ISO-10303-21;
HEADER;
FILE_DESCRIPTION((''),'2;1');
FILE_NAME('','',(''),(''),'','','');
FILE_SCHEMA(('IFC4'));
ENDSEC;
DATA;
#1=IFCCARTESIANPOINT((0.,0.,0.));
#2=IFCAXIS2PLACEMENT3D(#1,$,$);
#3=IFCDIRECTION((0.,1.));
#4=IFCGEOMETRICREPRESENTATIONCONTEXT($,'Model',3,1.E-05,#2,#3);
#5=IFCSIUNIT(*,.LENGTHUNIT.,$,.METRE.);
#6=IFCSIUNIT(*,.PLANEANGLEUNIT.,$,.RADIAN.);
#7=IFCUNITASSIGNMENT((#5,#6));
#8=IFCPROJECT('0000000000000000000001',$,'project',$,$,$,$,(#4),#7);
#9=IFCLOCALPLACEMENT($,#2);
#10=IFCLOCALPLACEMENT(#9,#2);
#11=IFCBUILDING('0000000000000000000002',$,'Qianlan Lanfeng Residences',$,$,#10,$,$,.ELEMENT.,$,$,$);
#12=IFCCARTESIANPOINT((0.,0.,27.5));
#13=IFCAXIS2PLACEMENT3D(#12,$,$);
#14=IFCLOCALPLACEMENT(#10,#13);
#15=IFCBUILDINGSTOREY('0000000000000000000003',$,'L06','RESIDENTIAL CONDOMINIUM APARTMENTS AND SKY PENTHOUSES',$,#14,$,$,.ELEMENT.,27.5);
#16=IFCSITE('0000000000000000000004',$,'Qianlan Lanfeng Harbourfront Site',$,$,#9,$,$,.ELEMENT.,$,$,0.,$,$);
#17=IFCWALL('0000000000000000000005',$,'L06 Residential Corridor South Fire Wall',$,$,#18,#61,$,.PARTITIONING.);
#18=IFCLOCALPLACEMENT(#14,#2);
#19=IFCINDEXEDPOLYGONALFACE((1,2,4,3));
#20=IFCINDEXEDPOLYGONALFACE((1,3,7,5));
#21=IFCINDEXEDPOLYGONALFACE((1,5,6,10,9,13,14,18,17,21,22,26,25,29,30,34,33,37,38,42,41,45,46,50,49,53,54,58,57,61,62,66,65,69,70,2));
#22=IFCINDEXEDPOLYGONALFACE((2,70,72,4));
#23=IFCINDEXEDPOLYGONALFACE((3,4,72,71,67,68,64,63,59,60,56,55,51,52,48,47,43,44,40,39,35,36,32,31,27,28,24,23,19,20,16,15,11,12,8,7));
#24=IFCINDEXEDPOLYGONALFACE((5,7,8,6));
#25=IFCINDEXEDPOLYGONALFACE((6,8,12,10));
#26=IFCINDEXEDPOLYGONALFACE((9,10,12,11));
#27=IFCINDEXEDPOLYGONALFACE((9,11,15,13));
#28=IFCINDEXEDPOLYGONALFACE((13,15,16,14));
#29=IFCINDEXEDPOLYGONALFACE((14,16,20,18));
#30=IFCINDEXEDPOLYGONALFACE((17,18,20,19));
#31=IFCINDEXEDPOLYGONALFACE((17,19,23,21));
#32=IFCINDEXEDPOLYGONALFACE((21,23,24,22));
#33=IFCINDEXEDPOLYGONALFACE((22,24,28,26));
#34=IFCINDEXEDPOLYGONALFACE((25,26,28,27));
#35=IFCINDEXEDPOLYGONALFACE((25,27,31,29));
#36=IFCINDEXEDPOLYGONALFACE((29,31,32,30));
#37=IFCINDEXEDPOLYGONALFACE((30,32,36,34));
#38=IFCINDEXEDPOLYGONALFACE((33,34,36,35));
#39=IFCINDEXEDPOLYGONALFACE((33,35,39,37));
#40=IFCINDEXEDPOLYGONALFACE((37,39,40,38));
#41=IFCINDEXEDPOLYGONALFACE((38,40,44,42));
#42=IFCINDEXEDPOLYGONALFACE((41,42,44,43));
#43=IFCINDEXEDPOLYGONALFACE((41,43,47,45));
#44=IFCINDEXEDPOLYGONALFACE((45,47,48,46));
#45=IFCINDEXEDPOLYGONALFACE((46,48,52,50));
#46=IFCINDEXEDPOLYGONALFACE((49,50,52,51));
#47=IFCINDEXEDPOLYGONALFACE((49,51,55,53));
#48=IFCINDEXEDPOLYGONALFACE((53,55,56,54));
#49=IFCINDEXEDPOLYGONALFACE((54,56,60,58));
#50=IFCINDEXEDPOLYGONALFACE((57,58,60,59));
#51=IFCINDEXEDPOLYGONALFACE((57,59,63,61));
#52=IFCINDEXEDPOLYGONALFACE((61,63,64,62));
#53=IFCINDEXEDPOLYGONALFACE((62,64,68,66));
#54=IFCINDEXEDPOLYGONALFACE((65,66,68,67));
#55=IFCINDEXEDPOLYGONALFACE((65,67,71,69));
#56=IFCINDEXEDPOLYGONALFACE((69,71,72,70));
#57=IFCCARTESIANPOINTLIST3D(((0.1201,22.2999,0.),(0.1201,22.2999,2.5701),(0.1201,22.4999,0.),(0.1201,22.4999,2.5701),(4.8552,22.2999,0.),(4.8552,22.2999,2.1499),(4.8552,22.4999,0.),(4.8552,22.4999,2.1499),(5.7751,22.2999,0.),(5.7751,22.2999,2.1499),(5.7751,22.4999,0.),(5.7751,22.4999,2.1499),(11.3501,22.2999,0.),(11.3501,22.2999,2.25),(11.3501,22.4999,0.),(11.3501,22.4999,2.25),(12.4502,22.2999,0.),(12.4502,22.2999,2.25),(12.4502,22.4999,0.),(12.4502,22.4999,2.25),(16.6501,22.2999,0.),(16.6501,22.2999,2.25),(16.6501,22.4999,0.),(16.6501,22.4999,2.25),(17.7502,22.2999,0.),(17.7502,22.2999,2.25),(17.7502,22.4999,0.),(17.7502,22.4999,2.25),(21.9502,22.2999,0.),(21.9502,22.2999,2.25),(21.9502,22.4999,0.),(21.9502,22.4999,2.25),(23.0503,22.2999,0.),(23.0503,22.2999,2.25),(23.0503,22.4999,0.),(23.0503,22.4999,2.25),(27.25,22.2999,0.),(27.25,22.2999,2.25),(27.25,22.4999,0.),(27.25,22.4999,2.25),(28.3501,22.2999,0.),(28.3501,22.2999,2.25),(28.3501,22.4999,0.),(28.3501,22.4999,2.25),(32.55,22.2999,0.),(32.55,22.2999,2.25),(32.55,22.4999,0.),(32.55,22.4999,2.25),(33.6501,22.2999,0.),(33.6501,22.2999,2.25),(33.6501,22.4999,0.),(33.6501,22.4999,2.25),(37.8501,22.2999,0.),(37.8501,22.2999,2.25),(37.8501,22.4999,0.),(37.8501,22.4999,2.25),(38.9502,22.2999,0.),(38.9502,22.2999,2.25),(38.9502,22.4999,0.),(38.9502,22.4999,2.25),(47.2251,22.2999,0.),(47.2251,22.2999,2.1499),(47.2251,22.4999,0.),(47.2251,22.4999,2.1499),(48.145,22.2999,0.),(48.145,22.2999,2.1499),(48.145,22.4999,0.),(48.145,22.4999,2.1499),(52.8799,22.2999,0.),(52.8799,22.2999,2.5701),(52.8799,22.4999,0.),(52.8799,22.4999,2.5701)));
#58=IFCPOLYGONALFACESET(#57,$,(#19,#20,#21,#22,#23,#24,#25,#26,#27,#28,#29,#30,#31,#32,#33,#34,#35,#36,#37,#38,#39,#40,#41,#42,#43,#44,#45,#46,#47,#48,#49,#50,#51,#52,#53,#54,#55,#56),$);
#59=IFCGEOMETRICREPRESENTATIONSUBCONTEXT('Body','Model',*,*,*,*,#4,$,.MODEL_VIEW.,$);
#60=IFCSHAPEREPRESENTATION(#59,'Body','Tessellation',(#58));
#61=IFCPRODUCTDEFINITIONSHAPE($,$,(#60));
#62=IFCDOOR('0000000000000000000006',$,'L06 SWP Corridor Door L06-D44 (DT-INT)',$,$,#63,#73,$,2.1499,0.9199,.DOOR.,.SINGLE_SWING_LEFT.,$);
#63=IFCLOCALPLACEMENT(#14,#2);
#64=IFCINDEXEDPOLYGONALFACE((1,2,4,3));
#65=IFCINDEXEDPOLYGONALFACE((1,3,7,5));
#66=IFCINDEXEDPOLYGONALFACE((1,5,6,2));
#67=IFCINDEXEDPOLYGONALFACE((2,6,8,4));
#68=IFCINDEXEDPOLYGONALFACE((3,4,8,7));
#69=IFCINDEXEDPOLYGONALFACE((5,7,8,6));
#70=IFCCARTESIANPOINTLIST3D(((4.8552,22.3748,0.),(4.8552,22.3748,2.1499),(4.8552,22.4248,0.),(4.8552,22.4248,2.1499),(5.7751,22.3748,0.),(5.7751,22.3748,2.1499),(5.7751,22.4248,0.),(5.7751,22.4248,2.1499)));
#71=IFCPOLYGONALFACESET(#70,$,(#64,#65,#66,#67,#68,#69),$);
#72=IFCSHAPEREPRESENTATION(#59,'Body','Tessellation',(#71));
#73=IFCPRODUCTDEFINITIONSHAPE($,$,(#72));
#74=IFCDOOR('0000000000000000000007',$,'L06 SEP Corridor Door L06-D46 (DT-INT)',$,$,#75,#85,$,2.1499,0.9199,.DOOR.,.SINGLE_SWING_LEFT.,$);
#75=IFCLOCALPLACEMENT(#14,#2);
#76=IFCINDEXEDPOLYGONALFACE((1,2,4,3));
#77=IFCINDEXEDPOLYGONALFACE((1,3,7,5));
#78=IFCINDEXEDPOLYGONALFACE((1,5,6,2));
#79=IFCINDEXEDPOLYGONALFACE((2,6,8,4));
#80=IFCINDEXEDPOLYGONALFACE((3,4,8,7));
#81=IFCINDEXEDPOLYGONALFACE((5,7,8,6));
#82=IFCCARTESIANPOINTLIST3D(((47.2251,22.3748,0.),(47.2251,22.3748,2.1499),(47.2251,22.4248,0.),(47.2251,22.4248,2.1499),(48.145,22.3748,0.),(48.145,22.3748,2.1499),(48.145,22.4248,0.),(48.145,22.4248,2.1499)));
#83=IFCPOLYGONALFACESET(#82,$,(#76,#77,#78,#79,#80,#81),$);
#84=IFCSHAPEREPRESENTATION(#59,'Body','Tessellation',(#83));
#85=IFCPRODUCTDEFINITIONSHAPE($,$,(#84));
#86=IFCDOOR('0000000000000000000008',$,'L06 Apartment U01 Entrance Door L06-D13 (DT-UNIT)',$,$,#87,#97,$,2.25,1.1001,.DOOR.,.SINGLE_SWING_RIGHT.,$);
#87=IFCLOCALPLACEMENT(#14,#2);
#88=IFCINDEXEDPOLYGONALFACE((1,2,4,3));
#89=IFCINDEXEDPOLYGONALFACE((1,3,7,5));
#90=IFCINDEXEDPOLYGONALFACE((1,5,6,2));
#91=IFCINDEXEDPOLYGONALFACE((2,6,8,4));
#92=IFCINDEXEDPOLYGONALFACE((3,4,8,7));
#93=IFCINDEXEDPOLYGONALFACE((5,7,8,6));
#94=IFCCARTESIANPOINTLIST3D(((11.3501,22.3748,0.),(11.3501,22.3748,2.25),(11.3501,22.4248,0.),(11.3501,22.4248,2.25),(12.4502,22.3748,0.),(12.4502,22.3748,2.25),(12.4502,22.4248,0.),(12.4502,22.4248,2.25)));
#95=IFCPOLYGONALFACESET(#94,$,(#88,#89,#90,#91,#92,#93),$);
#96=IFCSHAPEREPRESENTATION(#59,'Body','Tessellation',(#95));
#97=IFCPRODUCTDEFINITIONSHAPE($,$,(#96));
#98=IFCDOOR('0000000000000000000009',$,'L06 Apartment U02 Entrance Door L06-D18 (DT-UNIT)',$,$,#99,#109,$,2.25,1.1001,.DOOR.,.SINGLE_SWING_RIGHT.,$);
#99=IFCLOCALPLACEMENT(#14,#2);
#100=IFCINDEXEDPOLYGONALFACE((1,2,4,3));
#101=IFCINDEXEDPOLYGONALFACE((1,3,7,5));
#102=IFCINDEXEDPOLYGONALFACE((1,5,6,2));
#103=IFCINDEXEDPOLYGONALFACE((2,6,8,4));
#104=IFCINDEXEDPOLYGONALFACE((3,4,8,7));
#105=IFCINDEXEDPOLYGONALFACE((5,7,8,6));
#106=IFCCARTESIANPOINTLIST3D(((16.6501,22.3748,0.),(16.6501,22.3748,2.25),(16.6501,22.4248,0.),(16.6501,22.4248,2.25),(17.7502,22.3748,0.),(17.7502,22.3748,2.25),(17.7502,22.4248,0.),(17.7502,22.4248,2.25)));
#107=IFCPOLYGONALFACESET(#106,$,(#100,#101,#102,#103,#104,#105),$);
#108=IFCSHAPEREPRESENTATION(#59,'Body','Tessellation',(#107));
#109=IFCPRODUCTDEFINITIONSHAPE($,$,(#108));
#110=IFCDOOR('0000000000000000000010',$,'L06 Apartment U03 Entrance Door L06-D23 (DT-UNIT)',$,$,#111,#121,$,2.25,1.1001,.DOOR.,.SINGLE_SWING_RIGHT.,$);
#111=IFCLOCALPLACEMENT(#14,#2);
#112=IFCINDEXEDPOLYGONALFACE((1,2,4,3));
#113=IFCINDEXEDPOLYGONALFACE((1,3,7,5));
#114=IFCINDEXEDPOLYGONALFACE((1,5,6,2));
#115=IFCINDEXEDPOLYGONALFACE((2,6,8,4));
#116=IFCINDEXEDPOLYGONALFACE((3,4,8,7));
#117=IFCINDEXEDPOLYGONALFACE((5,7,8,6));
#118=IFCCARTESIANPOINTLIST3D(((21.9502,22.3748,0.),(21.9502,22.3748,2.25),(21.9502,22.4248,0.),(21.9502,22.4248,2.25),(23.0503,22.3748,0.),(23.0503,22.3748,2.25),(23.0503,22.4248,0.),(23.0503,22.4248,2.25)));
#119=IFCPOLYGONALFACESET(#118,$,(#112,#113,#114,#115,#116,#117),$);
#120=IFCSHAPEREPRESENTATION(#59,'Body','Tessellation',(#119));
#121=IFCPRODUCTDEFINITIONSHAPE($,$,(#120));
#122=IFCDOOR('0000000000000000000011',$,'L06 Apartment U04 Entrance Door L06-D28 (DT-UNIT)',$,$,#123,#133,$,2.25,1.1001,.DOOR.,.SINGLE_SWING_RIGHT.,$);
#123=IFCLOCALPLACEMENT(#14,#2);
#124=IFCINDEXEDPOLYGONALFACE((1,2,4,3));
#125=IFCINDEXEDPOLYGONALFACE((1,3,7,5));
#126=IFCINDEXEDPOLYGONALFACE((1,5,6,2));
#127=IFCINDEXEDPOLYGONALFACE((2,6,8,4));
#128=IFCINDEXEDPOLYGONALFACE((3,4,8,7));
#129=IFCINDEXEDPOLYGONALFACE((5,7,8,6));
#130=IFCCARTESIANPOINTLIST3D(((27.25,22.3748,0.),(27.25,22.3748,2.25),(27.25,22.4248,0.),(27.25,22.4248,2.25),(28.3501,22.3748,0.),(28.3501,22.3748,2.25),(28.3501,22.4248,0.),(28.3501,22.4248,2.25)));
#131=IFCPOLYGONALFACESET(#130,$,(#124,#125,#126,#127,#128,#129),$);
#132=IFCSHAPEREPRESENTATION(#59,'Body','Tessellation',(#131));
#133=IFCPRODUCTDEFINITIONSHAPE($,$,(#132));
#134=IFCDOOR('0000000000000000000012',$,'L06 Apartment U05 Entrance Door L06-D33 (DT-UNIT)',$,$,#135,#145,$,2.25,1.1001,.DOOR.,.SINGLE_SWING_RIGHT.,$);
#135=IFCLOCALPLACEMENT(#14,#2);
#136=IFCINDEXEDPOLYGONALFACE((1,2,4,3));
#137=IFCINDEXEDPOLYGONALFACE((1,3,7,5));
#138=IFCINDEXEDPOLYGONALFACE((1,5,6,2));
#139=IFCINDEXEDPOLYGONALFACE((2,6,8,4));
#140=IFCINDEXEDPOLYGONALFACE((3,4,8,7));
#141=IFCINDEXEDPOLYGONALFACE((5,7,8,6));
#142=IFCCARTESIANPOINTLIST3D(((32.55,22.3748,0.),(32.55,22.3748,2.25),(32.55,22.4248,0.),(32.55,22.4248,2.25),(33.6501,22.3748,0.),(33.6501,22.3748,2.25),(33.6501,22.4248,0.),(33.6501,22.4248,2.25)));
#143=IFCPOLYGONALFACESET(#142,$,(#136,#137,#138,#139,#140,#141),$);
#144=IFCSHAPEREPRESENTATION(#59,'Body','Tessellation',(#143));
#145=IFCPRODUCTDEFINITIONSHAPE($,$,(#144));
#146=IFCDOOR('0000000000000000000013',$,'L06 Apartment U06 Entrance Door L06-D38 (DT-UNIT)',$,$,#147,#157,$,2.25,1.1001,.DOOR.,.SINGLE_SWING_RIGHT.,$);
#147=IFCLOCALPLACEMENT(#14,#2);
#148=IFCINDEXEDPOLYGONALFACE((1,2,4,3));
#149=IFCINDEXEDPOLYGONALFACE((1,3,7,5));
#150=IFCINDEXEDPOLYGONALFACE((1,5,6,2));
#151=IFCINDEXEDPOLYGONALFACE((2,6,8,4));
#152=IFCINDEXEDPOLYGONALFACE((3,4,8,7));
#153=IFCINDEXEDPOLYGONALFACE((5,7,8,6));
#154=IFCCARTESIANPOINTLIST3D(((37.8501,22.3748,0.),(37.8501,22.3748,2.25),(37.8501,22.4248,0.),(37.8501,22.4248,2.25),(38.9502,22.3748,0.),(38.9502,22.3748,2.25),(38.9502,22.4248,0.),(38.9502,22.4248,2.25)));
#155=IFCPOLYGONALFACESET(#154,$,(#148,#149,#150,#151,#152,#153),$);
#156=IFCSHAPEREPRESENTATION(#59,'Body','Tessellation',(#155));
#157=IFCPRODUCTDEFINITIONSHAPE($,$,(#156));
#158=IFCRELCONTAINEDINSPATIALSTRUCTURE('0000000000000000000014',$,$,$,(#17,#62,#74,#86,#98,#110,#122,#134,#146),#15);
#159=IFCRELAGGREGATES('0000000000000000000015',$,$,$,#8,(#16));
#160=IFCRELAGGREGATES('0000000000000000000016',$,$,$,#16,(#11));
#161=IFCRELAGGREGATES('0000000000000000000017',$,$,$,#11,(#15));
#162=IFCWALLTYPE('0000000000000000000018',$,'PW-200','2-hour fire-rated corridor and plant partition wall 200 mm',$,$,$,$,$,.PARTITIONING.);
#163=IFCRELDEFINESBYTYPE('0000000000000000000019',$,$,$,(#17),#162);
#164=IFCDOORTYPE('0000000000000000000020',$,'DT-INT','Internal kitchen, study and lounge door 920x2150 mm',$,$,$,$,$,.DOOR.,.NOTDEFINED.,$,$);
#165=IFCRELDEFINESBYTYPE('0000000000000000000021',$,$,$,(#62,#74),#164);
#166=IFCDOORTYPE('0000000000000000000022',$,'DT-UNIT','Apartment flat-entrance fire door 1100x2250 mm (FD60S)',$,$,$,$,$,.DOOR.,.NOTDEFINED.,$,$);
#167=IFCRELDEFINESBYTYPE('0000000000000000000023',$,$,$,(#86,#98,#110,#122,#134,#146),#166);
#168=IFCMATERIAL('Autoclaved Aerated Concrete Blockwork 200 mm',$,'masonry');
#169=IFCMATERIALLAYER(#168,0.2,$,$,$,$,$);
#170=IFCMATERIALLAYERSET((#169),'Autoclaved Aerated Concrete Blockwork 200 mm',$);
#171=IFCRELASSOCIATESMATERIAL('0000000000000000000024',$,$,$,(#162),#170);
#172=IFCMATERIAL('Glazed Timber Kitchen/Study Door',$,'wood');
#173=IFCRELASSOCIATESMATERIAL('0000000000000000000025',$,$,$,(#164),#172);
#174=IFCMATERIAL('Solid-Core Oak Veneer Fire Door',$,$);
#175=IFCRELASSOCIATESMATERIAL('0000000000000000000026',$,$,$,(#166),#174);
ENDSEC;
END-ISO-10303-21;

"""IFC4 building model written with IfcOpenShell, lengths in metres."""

from ifc_helpers import new_model, si_unit, direction, frame, frame_2d, origin, place, context, subcontext, project, spatial, rectangle, extrude, material, layer, layer_set, type_object, element, fill, save


model = new_model("IFC4")

# Units and contexts
model_context = context("Model", 3, precision=1e-05, world=origin(), true_north=direction((0.0, 1.0)))
body_context = subcontext(model_context, "Body", "Model", "MODEL_VIEW")
ifc_project = project(units=[si_unit("LENGTHUNIT", "METRE"), si_unit("PLANEANGLEUNIT", "RADIAN")], contexts=[model_context])

# Site, building, storey
site_placement = place(None, origin())
site = spatial("IfcSite", under=ifc_project, at=site_placement, Name="Qianlan Lanfeng Harbourfront Site", CompositionType="ELEMENT", RefElevation=0.0)
building_placement = place(site_placement, origin())
building = spatial("IfcBuilding", under=site, at=building_placement, Name="Qianlan Lanfeng Residences", CompositionType="ELEMENT")
storey_placement = place(building_placement, frame((0.0, 0.0, 27.5)))
storey = spatial("IfcBuildingStorey", under=building, at=storey_placement, Name="L06", Description="RESIDENTIAL CONDOMINIUM APARTMENTS AND SKY PENTHOUSES", CompositionType="ELEMENT", Elevation=27.5)

# Wall, openings, doors
ifc_material_1 = material(Name="Autoclaved Aerated Concrete Blockwork 200 mm", Category="masonry")
ifc_layer = layer(ifc_material_1, 0.2)
ifc_layer_set = layer_set([ifc_layer], Name="Autoclaved Aerated Concrete Blockwork 200 mm")
wall_type = type_object("IfcWallType", Name="PW-200", Description="2-hour fire-rated corridor and plant partition wall 200 mm", PredefinedType="PARTITIONING", material=ifc_layer_set)
wall_1_placement = place(storey_placement, frame((0.1201, 22.3999, 0.0), z_axis=(0.0, 0.0, 1.0), x_axis=(1.0, 0.0, 0.0)))
wall_1 = element("IfcWall", 1, at=wall_1_placement, inside=storey, type_object=wall_type, Name="L06 Residential Corridor South Fire Wall", PredefinedType="PARTITIONING", context=body_context, shape_type="SweptSolid", body=[
    extrude(rectangle(XDim=52.7598, YDim=0.2, at=frame_2d((26.3799, 0.0))), origin(), (0.0, 0.0, 1.0), 2.5701),
])
opening_1_placement = place(wall_1_placement, frame((11.23, 0.0, 0.0)))
opening_1 = element("IfcOpeningElement", 2, at=opening_1_placement, cuts=wall_1, PredefinedType="OPENING", context=body_context, shape_type="SweptSolid", body=[
    extrude(rectangle(XDim=1.1001, YDim=2.25, at=frame_2d((0.55, 1.125))), frame((0.0, 0.1099, 0.0), z_axis=(0.0, -1.0, 0.0), x_axis=(1.0, 0.0, 0.0)), (0.0, 0.0, 1.0), 0.22),
])
opening_2_placement = place(wall_1_placement, frame((16.53, 0.0, 0.0)))
opening_2 = element("IfcOpeningElement", 3, at=opening_2_placement, cuts=wall_1, PredefinedType="OPENING", context=body_context, shape_type="SweptSolid", body=[
    extrude(rectangle(XDim=1.1001, YDim=2.25, at=frame_2d((0.55, 1.125))), frame((0.0, 0.1099, 0.0), z_axis=(0.0, -1.0, 0.0), x_axis=(1.0, 0.0, 0.0)), (0.0, 0.0, 1.0), 0.22),
])
opening_3_placement = place(wall_1_placement, frame((21.8301, 0.0, 0.0)))
opening_3 = element("IfcOpeningElement", 4, at=opening_3_placement, cuts=wall_1, PredefinedType="OPENING", context=body_context, shape_type="SweptSolid", body=[
    extrude(rectangle(XDim=1.1001, YDim=2.25, at=frame_2d((0.55, 1.125))), frame((0.0, 0.1099, 0.0), z_axis=(0.0, -1.0, 0.0), x_axis=(1.0, 0.0, 0.0)), (0.0, 0.0, 1.0), 0.22),
])
opening_4_placement = place(wall_1_placement, frame((27.1299, 0.0, 0.0)))
opening_4 = element("IfcOpeningElement", 5, at=opening_4_placement, cuts=wall_1, PredefinedType="OPENING", context=body_context, shape_type="SweptSolid", body=[
    extrude(rectangle(XDim=1.1001, YDim=2.25, at=frame_2d((0.55, 1.125))), frame((0.0, 0.1099, 0.0), z_axis=(0.0, -1.0, 0.0), x_axis=(1.0, 0.0, 0.0)), (0.0, 0.0, 1.0), 0.22),
])
opening_5_placement = place(wall_1_placement, frame((32.4299, 0.0, 0.0)))
opening_5 = element("IfcOpeningElement", 6, at=opening_5_placement, cuts=wall_1, PredefinedType="OPENING", context=body_context, shape_type="SweptSolid", body=[
    extrude(rectangle(XDim=1.1001, YDim=2.25, at=frame_2d((0.55, 1.125))), frame((0.0, 0.1099, 0.0), z_axis=(0.0, -1.0, 0.0), x_axis=(1.0, 0.0, 0.0)), (0.0, 0.0, 1.0), 0.22),
])
opening_6_placement = place(wall_1_placement, frame((37.73, 0.0, 0.0)))
opening_6 = element("IfcOpeningElement", 7, at=opening_6_placement, cuts=wall_1, PredefinedType="OPENING", context=body_context, shape_type="SweptSolid", body=[
    extrude(rectangle(XDim=1.1001, YDim=2.25, at=frame_2d((0.55, 1.125))), frame((0.0, 0.1099, 0.0), z_axis=(0.0, -1.0, 0.0), x_axis=(1.0, 0.0, 0.0)), (0.0, 0.0, 1.0), 0.22),
])
opening_7_placement = place(wall_1_placement, frame((4.7351, 0.0, 0.0)))
opening_7 = element("IfcOpeningElement", 8, at=opening_7_placement, cuts=wall_1, PredefinedType="OPENING", context=body_context, shape_type="SweptSolid", body=[
    extrude(rectangle(XDim=0.9199, YDim=2.1499, at=frame_2d((0.46, 1.075))), frame((0.0, 0.1099, 0.0), z_axis=(0.0, -1.0, 0.0), x_axis=(1.0, 0.0, 0.0)), (0.0, 0.0, 1.0), 0.22),
])
opening_8_placement = place(wall_1_placement, frame((47.105, 0.0, 0.0)))
opening_8 = element("IfcOpeningElement", 9, at=opening_8_placement, cuts=wall_1, PredefinedType="OPENING", context=body_context, shape_type="SweptSolid", body=[
    extrude(rectangle(XDim=0.9199, YDim=2.1499, at=frame_2d((0.46, 1.075))), frame((0.0, 0.1099, 0.0), z_axis=(0.0, -1.0, 0.0), x_axis=(1.0, 0.0, 0.0)), (0.0, 0.0, 1.0), 0.22),
])
ifc_material_2 = material(Name="Glazed Timber Kitchen/Study Door", Category="wood")
door_type_1 = type_object("IfcDoorType", Name="DT-INT", Description="Internal kitchen, study and lounge door 920x2150 mm", OperationType="NOTDEFINED", PredefinedType="DOOR", material=ifc_material_2)
door_1_placement = place(opening_7_placement, origin())
door_1 = element("IfcDoor", 10, at=door_1_placement, inside=storey, type_object=door_type_1, Name="L06 SWP Corridor Door L06-D44 (DT-INT)", OperationType="SINGLE_SWING_LEFT", OverallHeight=2.1499, OverallWidth=0.9199, PredefinedType="DOOR", context=body_context, shape_type="SweptSolid", body=[
    extrude(rectangle(XDim=0.9199, YDim=2.1499, at=frame_2d((0.46, 1.075))), frame((0.0, 0.0249, 0.0), z_axis=(0.0, -1.0, 0.0), x_axis=(1.0, 0.0, 0.0)), (0.0, 0.0, 1.0), 0.05),
])
fill(opening_7, door_1)
door_2_placement = place(opening_8_placement, origin())
door_2 = element("IfcDoor", 11, at=door_2_placement, inside=storey, type_object=door_type_1, Name="L06 SEP Corridor Door L06-D46 (DT-INT)", OperationType="SINGLE_SWING_LEFT", OverallHeight=2.1499, OverallWidth=0.9199, PredefinedType="DOOR", context=body_context, shape_type="SweptSolid", body=[
    extrude(rectangle(XDim=0.9199, YDim=2.1499, at=frame_2d((0.46, 1.075))), frame((0.0, 0.0249, 0.0), z_axis=(0.0, -1.0, 0.0), x_axis=(1.0, 0.0, 0.0)), (0.0, 0.0, 1.0), 0.05),
])
fill(opening_8, door_2)
ifc_material_3 = material(Name="Solid-Core Oak Veneer Fire Door")
door_type_2 = type_object("IfcDoorType", Name="DT-UNIT", Description="Apartment flat-entrance fire door 1100x2250 mm (FD60S)", OperationType="NOTDEFINED", PredefinedType="DOOR", material=ifc_material_3)
door_3_placement = place(opening_1_placement, origin())
door_3 = element("IfcDoor", 12, at=door_3_placement, inside=storey, type_object=door_type_2, Name="L06 Apartment U01 Entrance Door L06-D13 (DT-UNIT)", OperationType="SINGLE_SWING_RIGHT", OverallHeight=2.25, OverallWidth=1.1001, PredefinedType="DOOR", context=body_context, shape_type="SweptSolid", body=[
    extrude(rectangle(XDim=1.1001, YDim=2.25, at=frame_2d((0.55, 1.125))), frame((0.0, 0.0249, 0.0), z_axis=(0.0, -1.0, 0.0), x_axis=(1.0, 0.0, 0.0)), (0.0, 0.0, 1.0), 0.05),
])
fill(opening_1, door_3)
door_4_placement = place(opening_2_placement, origin())
door_4 = element("IfcDoor", 13, at=door_4_placement, inside=storey, type_object=door_type_2, Name="L06 Apartment U02 Entrance Door L06-D18 (DT-UNIT)", OperationType="SINGLE_SWING_RIGHT", OverallHeight=2.25, OverallWidth=1.1001, PredefinedType="DOOR", context=body_context, shape_type="SweptSolid", body=[
    extrude(rectangle(XDim=1.1001, YDim=2.25, at=frame_2d((0.55, 1.125))), frame((0.0, 0.0249, 0.0), z_axis=(0.0, -1.0, 0.0), x_axis=(1.0, 0.0, 0.0)), (0.0, 0.0, 1.0), 0.05),
])
fill(opening_2, door_4)
door_5_placement = place(opening_3_placement, origin())
door_5 = element("IfcDoor", 14, at=door_5_placement, inside=storey, type_object=door_type_2, Name="L06 Apartment U03 Entrance Door L06-D23 (DT-UNIT)", OperationType="SINGLE_SWING_RIGHT", OverallHeight=2.25, OverallWidth=1.1001, PredefinedType="DOOR", context=body_context, shape_type="SweptSolid", body=[
    extrude(rectangle(XDim=1.1001, YDim=2.25, at=frame_2d((0.55, 1.125))), frame((0.0, 0.0249, 0.0), z_axis=(0.0, -1.0, 0.0), x_axis=(1.0, 0.0, 0.0)), (0.0, 0.0, 1.0), 0.05),
])
fill(opening_3, door_5)
door_6_placement = place(opening_4_placement, origin())
door_6 = element("IfcDoor", 15, at=door_6_placement, inside=storey, type_object=door_type_2, Name="L06 Apartment U04 Entrance Door L06-D28 (DT-UNIT)", OperationType="SINGLE_SWING_RIGHT", OverallHeight=2.25, OverallWidth=1.1001, PredefinedType="DOOR", context=body_context, shape_type="SweptSolid", body=[
    extrude(rectangle(XDim=1.1001, YDim=2.25, at=frame_2d((0.55, 1.125))), frame((0.0, 0.0249, 0.0), z_axis=(0.0, -1.0, 0.0), x_axis=(1.0, 0.0, 0.0)), (0.0, 0.0, 1.0), 0.05),
])
fill(opening_4, door_6)
door_7_placement = place(opening_5_placement, origin())
door_7 = element("IfcDoor", 16, at=door_7_placement, inside=storey, type_object=door_type_2, Name="L06 Apartment U05 Entrance Door L06-D33 (DT-UNIT)", OperationType="SINGLE_SWING_RIGHT", OverallHeight=2.25, OverallWidth=1.1001, PredefinedType="DOOR", context=body_context, shape_type="SweptSolid", body=[
    extrude(rectangle(XDim=1.1001, YDim=2.25, at=frame_2d((0.55, 1.125))), frame((0.0, 0.0249, 0.0), z_axis=(0.0, -1.0, 0.0), x_axis=(1.0, 0.0, 0.0)), (0.0, 0.0, 1.0), 0.05),
])
fill(opening_5, door_7)
door_8_placement = place(opening_6_placement, origin())
door_8 = element("IfcDoor", 17, at=door_8_placement, inside=storey, type_object=door_type_2, Name="L06 Apartment U06 Entrance Door L06-D38 (DT-UNIT)", OperationType="SINGLE_SWING_RIGHT", OverallHeight=2.25, OverallWidth=1.1001, PredefinedType="DOOR", context=body_context, shape_type="SweptSolid", body=[
    extrude(rectangle(XDim=1.1001, YDim=2.25, at=frame_2d((0.55, 1.125))), frame((0.0, 0.0249, 0.0), z_axis=(0.0, -1.0, 0.0), x_axis=(1.0, 0.0, 0.0)), (0.0, 0.0, 1.0), 0.05),
])
fill(opening_6, door_8)

save(model, "model.ifc")
